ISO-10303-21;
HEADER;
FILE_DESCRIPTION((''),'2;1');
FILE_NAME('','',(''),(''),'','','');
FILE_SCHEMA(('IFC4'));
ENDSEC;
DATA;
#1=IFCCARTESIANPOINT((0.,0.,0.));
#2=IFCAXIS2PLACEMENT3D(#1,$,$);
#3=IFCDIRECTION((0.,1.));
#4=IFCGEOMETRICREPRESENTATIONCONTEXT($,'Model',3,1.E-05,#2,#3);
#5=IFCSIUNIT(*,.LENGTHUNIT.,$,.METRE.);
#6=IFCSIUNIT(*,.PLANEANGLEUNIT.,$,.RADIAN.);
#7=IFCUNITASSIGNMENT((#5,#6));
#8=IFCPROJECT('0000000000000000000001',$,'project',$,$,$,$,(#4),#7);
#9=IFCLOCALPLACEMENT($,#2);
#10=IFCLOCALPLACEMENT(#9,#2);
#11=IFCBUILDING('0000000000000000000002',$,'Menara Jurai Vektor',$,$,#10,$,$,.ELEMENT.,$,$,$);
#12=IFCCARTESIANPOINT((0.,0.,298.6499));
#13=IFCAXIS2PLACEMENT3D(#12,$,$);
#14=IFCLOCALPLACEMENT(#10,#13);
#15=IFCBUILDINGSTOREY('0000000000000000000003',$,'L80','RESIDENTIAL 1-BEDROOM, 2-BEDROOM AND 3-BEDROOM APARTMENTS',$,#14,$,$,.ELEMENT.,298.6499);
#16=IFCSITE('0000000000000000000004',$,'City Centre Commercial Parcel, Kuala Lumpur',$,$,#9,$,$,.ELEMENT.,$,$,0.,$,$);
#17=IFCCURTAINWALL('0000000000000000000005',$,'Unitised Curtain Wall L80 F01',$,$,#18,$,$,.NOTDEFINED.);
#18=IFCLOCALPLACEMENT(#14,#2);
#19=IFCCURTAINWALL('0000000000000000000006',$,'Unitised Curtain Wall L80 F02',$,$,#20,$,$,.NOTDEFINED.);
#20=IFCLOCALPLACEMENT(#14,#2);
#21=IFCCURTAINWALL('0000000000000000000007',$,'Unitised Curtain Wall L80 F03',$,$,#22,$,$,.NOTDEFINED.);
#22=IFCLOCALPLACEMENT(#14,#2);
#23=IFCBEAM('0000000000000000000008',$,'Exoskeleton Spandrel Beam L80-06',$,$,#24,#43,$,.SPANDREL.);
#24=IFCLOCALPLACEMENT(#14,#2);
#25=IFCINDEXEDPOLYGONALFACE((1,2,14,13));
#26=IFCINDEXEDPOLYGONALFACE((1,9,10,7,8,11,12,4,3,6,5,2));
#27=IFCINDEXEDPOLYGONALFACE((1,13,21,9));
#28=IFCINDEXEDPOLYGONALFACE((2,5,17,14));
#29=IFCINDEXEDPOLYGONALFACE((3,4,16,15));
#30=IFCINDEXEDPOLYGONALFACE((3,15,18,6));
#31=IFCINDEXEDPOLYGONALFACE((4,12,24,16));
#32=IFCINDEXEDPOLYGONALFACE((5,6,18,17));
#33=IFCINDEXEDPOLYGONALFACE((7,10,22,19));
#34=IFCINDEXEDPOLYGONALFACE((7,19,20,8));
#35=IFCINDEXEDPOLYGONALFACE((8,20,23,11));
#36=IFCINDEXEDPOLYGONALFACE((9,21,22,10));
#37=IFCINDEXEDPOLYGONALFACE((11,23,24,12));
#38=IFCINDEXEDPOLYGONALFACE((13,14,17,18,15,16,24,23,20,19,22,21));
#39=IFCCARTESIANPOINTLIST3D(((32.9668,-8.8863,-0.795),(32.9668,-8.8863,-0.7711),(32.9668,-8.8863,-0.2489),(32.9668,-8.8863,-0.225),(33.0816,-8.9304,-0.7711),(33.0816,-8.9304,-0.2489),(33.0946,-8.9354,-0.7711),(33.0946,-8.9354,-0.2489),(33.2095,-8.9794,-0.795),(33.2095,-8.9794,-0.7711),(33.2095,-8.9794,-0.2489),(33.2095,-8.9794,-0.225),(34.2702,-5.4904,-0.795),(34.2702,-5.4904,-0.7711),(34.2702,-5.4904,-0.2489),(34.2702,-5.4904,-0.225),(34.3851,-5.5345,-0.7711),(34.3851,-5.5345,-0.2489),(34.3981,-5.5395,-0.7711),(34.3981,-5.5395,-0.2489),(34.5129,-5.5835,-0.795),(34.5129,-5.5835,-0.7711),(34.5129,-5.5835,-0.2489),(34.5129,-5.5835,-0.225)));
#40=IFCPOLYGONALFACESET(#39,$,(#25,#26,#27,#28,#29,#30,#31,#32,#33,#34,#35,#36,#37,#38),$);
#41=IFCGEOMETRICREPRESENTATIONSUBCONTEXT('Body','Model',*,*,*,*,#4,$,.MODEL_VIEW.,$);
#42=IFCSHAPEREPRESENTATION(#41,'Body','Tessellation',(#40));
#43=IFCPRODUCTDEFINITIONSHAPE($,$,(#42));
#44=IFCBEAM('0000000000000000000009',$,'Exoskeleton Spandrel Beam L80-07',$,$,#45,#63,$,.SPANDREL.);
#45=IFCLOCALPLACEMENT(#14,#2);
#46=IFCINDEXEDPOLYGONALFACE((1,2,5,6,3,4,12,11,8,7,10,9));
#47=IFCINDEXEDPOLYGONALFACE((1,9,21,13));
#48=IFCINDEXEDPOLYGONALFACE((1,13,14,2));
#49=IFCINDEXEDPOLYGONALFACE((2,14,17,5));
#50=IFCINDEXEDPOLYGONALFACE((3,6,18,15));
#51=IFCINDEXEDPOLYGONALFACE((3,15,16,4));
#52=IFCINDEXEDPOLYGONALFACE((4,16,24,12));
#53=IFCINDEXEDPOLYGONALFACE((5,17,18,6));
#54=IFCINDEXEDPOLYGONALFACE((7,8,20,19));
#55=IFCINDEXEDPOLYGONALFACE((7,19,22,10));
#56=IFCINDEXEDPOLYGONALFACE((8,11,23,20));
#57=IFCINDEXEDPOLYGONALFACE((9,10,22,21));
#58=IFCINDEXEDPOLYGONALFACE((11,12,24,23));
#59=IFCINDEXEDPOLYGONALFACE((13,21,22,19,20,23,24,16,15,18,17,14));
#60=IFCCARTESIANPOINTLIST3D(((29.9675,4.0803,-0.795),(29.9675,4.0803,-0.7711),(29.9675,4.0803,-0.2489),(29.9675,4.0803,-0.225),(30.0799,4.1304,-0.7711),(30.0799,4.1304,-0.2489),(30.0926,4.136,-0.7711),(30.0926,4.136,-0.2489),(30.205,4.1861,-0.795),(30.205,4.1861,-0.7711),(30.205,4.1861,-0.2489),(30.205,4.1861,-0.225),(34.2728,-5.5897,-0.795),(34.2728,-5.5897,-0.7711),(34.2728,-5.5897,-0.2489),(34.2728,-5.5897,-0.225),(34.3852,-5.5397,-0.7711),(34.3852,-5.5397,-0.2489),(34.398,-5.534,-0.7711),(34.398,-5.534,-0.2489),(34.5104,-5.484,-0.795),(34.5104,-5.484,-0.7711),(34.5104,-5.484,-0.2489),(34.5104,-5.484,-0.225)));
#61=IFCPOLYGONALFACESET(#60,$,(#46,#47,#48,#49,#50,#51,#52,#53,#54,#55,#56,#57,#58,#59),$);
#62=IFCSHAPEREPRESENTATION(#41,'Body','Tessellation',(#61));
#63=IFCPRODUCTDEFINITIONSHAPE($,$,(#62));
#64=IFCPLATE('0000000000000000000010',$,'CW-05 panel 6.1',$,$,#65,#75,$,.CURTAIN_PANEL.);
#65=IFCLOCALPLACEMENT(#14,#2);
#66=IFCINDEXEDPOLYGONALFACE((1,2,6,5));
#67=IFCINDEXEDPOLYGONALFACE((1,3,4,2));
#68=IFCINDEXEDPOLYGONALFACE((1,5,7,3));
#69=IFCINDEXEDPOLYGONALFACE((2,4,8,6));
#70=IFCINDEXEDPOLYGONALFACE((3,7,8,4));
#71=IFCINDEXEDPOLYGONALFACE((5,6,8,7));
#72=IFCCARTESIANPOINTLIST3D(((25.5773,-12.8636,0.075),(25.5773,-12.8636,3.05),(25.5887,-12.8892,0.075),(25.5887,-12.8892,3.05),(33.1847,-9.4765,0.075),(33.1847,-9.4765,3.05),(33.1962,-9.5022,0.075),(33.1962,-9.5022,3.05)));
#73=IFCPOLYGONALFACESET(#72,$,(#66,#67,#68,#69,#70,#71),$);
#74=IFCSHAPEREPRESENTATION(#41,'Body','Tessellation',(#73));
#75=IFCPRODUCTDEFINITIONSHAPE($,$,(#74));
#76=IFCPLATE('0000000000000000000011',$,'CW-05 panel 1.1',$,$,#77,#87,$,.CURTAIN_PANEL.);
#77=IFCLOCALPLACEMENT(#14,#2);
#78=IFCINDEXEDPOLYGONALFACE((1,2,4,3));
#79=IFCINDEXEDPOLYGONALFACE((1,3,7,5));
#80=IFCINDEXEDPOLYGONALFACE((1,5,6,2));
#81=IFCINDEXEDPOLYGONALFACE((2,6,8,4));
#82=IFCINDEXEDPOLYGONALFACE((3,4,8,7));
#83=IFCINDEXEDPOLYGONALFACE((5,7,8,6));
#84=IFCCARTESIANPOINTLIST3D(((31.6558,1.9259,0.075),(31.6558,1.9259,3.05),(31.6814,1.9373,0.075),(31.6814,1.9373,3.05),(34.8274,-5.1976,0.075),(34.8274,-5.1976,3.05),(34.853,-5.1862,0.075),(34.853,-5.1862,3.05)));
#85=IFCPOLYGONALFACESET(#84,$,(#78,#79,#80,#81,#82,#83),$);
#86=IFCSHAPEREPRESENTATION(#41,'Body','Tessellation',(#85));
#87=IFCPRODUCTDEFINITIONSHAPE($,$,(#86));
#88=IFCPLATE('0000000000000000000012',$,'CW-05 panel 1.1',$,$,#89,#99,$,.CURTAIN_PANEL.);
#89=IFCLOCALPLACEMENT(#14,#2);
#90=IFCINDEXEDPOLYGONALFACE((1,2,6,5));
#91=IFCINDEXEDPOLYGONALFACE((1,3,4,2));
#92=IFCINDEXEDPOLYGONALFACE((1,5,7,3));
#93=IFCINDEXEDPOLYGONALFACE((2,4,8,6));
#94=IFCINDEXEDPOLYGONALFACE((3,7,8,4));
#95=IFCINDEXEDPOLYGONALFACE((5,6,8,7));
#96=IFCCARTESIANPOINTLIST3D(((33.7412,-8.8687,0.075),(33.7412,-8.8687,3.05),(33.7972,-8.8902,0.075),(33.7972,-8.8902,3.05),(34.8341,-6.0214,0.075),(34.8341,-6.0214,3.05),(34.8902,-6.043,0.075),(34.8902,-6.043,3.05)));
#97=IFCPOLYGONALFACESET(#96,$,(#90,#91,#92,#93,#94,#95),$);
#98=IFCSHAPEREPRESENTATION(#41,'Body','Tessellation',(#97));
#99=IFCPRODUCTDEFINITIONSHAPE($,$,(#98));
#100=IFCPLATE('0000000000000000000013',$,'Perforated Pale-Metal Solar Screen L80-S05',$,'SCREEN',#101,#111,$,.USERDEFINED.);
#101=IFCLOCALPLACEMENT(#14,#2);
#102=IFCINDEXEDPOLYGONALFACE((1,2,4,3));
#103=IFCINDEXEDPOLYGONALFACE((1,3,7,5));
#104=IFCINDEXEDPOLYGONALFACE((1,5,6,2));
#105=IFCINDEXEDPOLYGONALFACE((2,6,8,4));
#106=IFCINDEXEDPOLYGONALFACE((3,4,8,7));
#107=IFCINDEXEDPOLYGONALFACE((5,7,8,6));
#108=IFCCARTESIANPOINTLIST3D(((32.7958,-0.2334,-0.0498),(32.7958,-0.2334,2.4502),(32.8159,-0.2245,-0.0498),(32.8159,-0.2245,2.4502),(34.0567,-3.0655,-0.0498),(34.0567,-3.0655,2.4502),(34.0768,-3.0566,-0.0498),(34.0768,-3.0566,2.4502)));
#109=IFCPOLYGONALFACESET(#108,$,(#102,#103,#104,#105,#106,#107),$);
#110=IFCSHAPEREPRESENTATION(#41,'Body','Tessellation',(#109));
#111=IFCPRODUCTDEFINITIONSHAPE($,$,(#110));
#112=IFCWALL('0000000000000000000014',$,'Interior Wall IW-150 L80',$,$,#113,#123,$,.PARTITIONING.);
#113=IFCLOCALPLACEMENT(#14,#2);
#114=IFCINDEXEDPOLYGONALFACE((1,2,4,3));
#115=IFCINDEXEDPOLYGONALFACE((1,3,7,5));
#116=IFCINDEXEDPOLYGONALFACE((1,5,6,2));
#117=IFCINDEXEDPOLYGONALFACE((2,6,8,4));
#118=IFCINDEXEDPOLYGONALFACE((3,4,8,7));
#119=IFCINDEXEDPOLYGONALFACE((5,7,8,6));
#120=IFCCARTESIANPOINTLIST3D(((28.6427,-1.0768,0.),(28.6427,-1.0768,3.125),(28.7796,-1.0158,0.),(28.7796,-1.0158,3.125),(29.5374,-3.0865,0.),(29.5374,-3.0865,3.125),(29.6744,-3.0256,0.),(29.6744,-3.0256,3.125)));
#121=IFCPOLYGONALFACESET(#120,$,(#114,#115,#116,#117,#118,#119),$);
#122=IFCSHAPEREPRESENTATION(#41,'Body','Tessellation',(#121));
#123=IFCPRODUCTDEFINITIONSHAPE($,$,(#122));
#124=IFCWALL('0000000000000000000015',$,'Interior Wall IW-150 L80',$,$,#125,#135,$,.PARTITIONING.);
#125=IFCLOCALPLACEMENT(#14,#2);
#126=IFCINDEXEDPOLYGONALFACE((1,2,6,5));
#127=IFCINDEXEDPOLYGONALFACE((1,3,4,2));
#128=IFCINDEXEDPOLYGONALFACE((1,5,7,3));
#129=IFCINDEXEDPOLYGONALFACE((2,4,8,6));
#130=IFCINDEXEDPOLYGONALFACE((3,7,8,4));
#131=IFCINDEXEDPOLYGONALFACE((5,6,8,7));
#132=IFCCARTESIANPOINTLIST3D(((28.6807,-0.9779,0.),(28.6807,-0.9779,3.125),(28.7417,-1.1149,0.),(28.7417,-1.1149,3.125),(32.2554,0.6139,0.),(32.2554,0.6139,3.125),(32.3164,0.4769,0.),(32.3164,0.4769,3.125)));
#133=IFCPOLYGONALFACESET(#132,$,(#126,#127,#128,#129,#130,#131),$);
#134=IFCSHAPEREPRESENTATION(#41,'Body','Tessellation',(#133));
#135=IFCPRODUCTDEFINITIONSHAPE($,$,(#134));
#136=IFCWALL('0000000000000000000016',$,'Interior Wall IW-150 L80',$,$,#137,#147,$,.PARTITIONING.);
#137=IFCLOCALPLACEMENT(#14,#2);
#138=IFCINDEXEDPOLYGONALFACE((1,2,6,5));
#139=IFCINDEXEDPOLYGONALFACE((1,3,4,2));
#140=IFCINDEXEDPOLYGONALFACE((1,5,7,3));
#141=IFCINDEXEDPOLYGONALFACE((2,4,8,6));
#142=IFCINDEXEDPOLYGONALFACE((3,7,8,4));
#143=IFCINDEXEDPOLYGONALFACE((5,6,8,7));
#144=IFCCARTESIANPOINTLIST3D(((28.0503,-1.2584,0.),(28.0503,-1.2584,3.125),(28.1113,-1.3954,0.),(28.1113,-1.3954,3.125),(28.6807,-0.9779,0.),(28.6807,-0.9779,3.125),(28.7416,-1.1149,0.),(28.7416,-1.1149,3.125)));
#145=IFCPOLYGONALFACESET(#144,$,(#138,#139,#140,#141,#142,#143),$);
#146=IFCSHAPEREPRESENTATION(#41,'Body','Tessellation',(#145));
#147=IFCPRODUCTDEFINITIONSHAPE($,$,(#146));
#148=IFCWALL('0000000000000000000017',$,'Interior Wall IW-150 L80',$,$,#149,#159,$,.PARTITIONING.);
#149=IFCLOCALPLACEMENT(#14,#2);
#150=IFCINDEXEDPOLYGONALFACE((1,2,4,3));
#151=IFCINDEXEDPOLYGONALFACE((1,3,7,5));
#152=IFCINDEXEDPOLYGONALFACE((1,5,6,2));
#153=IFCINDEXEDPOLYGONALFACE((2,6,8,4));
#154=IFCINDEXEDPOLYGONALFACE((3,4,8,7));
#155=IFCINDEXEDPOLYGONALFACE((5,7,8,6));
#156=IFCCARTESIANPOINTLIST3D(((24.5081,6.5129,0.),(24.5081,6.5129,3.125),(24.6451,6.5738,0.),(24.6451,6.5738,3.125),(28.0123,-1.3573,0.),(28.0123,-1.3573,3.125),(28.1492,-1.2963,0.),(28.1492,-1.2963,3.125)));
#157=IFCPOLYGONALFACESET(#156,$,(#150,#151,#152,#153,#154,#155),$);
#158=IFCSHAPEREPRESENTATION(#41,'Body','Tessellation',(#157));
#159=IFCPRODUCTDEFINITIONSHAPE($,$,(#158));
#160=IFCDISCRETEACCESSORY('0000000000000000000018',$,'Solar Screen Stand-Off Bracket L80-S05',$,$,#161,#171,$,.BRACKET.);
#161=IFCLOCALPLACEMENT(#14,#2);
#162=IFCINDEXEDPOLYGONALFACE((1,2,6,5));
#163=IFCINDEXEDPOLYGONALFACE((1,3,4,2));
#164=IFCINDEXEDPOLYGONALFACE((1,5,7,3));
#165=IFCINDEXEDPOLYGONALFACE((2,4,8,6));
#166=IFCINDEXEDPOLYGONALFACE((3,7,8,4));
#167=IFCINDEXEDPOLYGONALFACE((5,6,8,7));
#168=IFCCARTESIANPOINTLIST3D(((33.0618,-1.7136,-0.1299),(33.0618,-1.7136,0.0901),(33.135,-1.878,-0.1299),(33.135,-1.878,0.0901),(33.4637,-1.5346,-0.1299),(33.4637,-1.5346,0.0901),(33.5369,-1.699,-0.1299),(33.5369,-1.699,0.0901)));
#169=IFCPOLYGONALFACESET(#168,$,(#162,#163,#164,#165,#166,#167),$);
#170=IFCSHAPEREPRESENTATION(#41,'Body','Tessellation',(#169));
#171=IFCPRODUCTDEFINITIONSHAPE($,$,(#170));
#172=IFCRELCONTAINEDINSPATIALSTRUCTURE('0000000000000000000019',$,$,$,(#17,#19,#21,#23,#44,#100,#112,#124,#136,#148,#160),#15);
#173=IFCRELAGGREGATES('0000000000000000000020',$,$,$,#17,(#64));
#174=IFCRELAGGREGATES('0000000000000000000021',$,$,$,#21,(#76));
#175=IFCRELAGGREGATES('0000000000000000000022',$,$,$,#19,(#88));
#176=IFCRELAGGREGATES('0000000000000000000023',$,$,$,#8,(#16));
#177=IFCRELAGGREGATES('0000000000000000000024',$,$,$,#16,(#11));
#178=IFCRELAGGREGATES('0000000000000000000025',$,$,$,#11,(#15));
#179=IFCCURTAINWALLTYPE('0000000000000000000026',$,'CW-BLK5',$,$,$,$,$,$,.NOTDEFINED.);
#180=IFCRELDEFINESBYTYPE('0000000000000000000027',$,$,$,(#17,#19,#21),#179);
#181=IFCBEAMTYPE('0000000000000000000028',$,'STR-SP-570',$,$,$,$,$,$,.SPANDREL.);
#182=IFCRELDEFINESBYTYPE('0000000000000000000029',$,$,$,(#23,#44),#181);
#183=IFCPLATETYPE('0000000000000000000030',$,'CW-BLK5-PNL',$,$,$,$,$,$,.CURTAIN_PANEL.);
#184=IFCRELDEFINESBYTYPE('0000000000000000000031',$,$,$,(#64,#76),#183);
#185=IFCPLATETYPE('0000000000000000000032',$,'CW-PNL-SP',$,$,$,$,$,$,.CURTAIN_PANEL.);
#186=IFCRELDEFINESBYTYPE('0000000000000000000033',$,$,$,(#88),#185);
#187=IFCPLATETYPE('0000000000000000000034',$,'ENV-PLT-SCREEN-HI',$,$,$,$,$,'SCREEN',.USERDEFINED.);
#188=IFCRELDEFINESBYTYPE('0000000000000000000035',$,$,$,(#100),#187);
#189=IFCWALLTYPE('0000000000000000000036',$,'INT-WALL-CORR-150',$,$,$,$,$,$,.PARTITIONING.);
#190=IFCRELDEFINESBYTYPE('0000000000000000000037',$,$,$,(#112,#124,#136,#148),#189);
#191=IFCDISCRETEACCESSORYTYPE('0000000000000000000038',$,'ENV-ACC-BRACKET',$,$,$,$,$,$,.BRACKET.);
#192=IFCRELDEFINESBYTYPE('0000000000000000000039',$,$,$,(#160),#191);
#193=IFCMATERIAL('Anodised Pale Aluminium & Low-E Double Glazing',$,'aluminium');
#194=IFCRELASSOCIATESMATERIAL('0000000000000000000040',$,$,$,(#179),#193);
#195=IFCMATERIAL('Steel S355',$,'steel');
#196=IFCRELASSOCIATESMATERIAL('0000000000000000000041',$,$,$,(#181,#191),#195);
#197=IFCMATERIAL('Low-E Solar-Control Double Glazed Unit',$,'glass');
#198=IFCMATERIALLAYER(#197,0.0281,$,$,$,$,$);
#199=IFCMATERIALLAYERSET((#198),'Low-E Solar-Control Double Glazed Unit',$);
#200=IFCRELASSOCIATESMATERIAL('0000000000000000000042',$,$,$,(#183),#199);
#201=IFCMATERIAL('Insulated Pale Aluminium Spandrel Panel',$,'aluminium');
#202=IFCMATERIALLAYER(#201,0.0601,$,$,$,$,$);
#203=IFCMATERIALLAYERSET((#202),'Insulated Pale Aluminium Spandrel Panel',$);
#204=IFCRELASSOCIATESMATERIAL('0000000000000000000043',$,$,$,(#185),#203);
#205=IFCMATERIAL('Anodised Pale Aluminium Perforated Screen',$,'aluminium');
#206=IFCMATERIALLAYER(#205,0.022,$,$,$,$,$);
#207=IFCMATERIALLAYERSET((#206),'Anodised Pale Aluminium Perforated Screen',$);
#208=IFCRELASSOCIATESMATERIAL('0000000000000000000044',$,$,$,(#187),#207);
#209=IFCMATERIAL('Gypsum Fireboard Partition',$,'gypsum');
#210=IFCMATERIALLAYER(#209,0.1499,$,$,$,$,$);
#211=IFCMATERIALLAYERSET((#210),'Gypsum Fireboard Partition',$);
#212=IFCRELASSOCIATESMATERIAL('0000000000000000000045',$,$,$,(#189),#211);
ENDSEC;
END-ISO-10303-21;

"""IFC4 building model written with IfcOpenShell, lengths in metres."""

from ifc_helpers import new_model, si_unit, direction, frame, frame_2d, origin, origin_2d, place, context, subcontext, project, spatial, rectangle, i_section, extrude, material, layer, layer_set, material_profile, profile_set, type_object, element, aggregate, save


model = new_model("IFC4")

# Units and contexts
model_context = context("Model", 3, precision=1e-05, world=origin(), true_north=direction((0.0, 1.0)))
body_context = subcontext(model_context, "Body", "Model", "MODEL_VIEW")
ifc_project = project(units=[si_unit("LENGTHUNIT", "METRE"), si_unit("PLANEANGLEUNIT", "RADIAN")], contexts=[model_context])

# Site, building, storey
site_placement = place(None, origin())
site = spatial("IfcSite", under=ifc_project, at=site_placement, Name="City Centre Commercial Parcel, Kuala Lumpur", CompositionType="ELEMENT", RefElevation=0.0)
building_placement = place(site_placement, origin())
building = spatial("IfcBuilding", under=site, at=building_placement, Name="Menara Jurai Vektor", CompositionType="ELEMENT")
storey_placement = place(building_placement, frame((0.0, 0.0, 298.6499)))
storey = spatial("IfcBuildingStorey", under=building, at=storey_placement, Name="L80", Description="RESIDENTIAL 1-BEDROOM, 2-BEDROOM AND 3-BEDROOM APARTMENTS", CompositionType="ELEMENT", Elevation=298.6499)

# Curtain wall
ifc_material_1 = material(Name="Anodised Pale Aluminium & Low-E Double Glazing", Category="aluminium")
curtain_wall_type = type_object("IfcCurtainWallType", Name="CW-BLK5", PredefinedType="NOTDEFINED", material=ifc_material_1)
curtain_wall_1_placement = place(storey_placement, origin())
curtain_wall_1 = element("IfcCurtainWall", 1, at=curtain_wall_1_placement, inside=storey, type_object=curtain_wall_type, Name="Unitised Curtain Wall L80 F01", PredefinedType="NOTDEFINED")

# Curtain wall
curtain_wall_2_placement = place(storey_placement, origin())
curtain_wall_2 = element("IfcCurtainWall", 2, at=curtain_wall_2_placement, inside=storey, type_object=curtain_wall_type, Name="Unitised Curtain Wall L80 F02", PredefinedType="NOTDEFINED")

# Curtain wall
curtain_wall_3_placement = place(storey_placement, origin())
curtain_wall_3 = element("IfcCurtainWall", 3, at=curtain_wall_3_placement, inside=storey, type_object=curtain_wall_type, Name="Unitised Curtain Wall L80 F03", PredefinedType="NOTDEFINED")

# Shared definitions
ifc_material_2 = material(Name="Steel S355", Category="steel")

# Beams
ifc_material_profile_1 = material_profile(ifc_material_2, i_section(OverallWidth=0.26, OverallDepth=0.5701, WebThickness=0.0139, FlangeThickness=0.0239, at=origin_2d()), Name="PG 570x260x145")
ifc_profile_set_1 = profile_set([ifc_material_profile_1], Name="Steel S355")
beam_type_1 = type_object("IfcBeamType", Name="STR-SP-570", PredefinedType="SPANDREL", material=ifc_profile_set_1)
beam_1_placement = place(storey_placement, frame((33.0881, -8.9329, -0.51), z_axis=(0.358336, 0.933593, 0.0), x_axis=(-0.933593, 0.358336, 0.0)))
element("IfcBeam", 4, at=beam_1_placement, inside=storey, type_object=beam_type_1, Name="Exoskeleton Spandrel Beam L80-06", PredefinedType="SPANDREL", context=body_context, shape_type="SweptSolid", body=[
    extrude(i_section(OverallWidth=0.26, OverallDepth=0.5701, WebThickness=0.0139, FlangeThickness=0.0239, at=origin_2d()), origin(), (0.0, 0.0, 1.0), 3.6375),
])
beam_2_placement = place(storey_placement, frame((34.3916, -5.5369, -0.51), z_axis=(-0.406735, 0.913546, 0.0), x_axis=(-0.913546, -0.406735, 0.0)))
element("IfcBeam", 5, at=beam_2_placement, inside=storey, type_object=beam_type_1, Name="Exoskeleton Spandrel Beam L80-07", PredefinedType="SPANDREL", context=body_context, shape_type="SweptSolid", body=[
    extrude(i_section(OverallWidth=0.26, OverallDepth=0.5701, WebThickness=0.0139, FlangeThickness=0.0239, at=origin_2d()), origin(), (0.0, 0.0, 1.0), 10.5852),
])

# Plates
ifc_material_3 = material(Name="Low-E Solar-Control Double Glazed Unit", Category="glass")
ifc_layer_1 = layer(ifc_material_3, 0.0281)
ifc_layer_set_1 = layer_set([ifc_layer_1], Name="Low-E Solar-Control Double Glazed Unit")
plate_type_1 = type_object("IfcPlateType", Name="CW-BLK5-PNL", PredefinedType="CURTAIN_PANEL", material=ifc_layer_set_1)
plate_1_placement = place(storey_placement, frame((29.3867, -11.1829, 0.075), z_axis=(0.0, 0.0, 1.0), x_axis=(0.913546, 0.406735, 0.0)))
plate_1 = element("IfcPlate", 6, at=plate_1_placement, type_object=plate_type_1, Name="CW-05 panel 6.1", PredefinedType="CURTAIN_PANEL", context=body_context, shape_type="SweptSolid", body=[
    extrude(rectangle(XDim=8.3274, YDim=0.0281, at=origin_2d()), origin(), (0.0, 0.0, 1.0), 2.9751),
])
aggregate(curtain_wall_1, [plate_1])
plate_2_placement = place(storey_placement, frame((33.2544, -1.6301, 0.075), z_axis=(0.0, 0.0, 1.0), x_axis=(-0.406735, 0.913546, 0.0)))
plate_2 = element("IfcPlate", 7, at=plate_2_placement, type_object=plate_type_1, Name="CW-05 panel 1.1", PredefinedType="CURTAIN_PANEL", context=body_context, shape_type="SweptSolid", body=[
    extrude(rectangle(XDim=7.7976, YDim=0.0281, at=origin_2d()), origin(), (0.0, 0.0, 1.0), 2.9751),
])
aggregate(curtain_wall_3, [plate_2])
ifc_material_4 = material(Name="Insulated Pale Aluminium Spandrel Panel", Category="aluminium")
ifc_layer_2 = layer(ifc_material_4, 0.0601)
ifc_layer_set_2 = layer_set([ifc_layer_2], Name="Insulated Pale Aluminium Spandrel Panel")
plate_type_2 = type_object("IfcPlateType", Name="CW-PNL-SP", PredefinedType="CURTAIN_PANEL", material=ifc_layer_set_2)
plate_3_placement = place(storey_placement, frame((34.3157, -7.4558, 0.075), z_axis=(0.0, 0.0, 1.0), x_axis=(0.358374, 0.933578, 0.0)))
plate_3 = element("IfcPlate", 8, at=plate_3_placement, type_object=plate_type_2, Name="CW-05 panel 1.1", PredefinedType="CURTAIN_PANEL", context=body_context, shape_type="SweptSolid", body=[
    extrude(rectangle(XDim=3.0498, YDim=0.0601, at=origin_2d()), origin(), (0.0, 0.0, 1.0), 2.9751),
])
aggregate(curtain_wall_2, [plate_3])
ifc_material_5 = material(Name="Anodised Pale Aluminium Perforated Screen", Category="aluminium")
ifc_layer_3 = layer(ifc_material_5, 0.022)
ifc_layer_set_3 = layer_set([ifc_layer_3], Name="Anodised Pale Aluminium Perforated Screen")
plate_type_3 = type_object("IfcPlateType", Name="ENV-PLT-SCREEN-HI", ElementType="SCREEN", PredefinedType="USERDEFINED", material=ifc_layer_set_3)
plate_4_placement = place(storey_placement, frame((33.4363, -1.645, -0.0498), z_axis=(0.0, 0.0, 1.0), x_axis=(-0.406737, 0.913545, 0.0)))
element("IfcPlate", 9, at=plate_4_placement, inside=storey, type_object=plate_type_3, Name="Perforated Pale-Metal Solar Screen L80-S05", ObjectType="SCREEN", PredefinedType="USERDEFINED", context=body_context, shape_type="SweptSolid", body=[
    extrude(rectangle(XDim=3.1001, YDim=0.022, at=origin_2d()), origin(), (0.0, 0.0, 1.0), 2.5),
])

# Walls
ifc_material_6 = material(Name="Gypsum Fireboard Partition", Category="gypsum")
ifc_layer_4 = layer(ifc_material_6, 0.1499)
ifc_layer_set_4 = layer_set([ifc_layer_4], Name="Gypsum Fireboard Partition")
wall_type = type_object("IfcWallType", Name="INT-WALL-CORR-150", PredefinedType="PARTITIONING", material=ifc_layer_set_4)
wall_1_placement = place(storey_placement, frame((29.606, -3.0562, 0.0), z_axis=(0.0, 0.0, 1.0), x_axis=(-0.406725, 0.913551, 0.0)))
element("IfcWall", 10, at=wall_1_placement, inside=storey, type_object=wall_type, Name="Interior Wall IW-150 L80", PredefinedType="PARTITIONING", context=body_context, shape_type="SweptSolid", body=[
    extrude(rectangle(XDim=2.2, YDim=0.1499, at=frame_2d((1.1001, 0.0))), origin(), (0.0, 0.0, 1.0), 3.125),
])
wall_2_placement = place(storey_placement, frame((28.7112, -1.0464, 0.0), z_axis=(0.0, 0.0, 1.0), x_axis=(0.913523, 0.406787, 0.0)))
element("IfcWall", 11, at=wall_2_placement, inside=storey, type_object=wall_type, Name="Interior Wall IW-150 L80", PredefinedType="PARTITIONING", context=body_context, shape_type="SweptSolid", body=[
    extrude(rectangle(XDim=3.9131, YDim=0.1499, at=frame_2d((1.9565, 0.0))), origin(), (0.0, 0.0, 1.0), 3.125),
])
wall_3_placement = place(storey_placement, frame((28.0808, -1.3269, 0.0), z_axis=(0.0, 0.0, 1.0), x_axis=(0.913622, 0.406565, 0.0)))
element("IfcWall", 12, at=wall_3_placement, inside=storey, type_object=wall_type, Name="Interior Wall IW-150 L80", PredefinedType="PARTITIONING", context=body_context, shape_type="SweptSolid", body=[
    extrude(rectangle(XDim=0.6899, YDim=0.1499, at=frame_2d((0.345, 0.0))), origin(), (0.0, 0.0, 1.0), 3.125),
])
wall_4_placement = place(storey_placement, frame((28.0808, -1.3269, 0.0), z_axis=(0.0, 0.0, 1.0), x_axis=(-0.406751, 0.913539, 0.0)))
element("IfcWall", 13, at=wall_4_placement, inside=storey, type_object=wall_type, Name="Interior Wall IW-150 L80", PredefinedType="PARTITIONING", context=body_context, shape_type="SweptSolid", body=[
    extrude(rectangle(XDim=8.615, YDim=0.1499, at=frame_2d((4.3076, 0.0))), origin(), (0.0, 0.0, 1.0), 3.125),
])

# Discrete accessory
discrete_accessory_type = type_object("IfcDiscreteAccessoryType", Name="ENV-ACC-BRACKET", PredefinedType="BRACKET", material=ifc_material_2)
discrete_accessory_placement = place(storey_placement, frame((33.2993, -1.7063, -0.1299), z_axis=(0.0, 0.0, 1.0), x_axis=(-0.406737, 0.913545, 0.0)))
element("IfcDiscreteAccessory", 14, at=discrete_accessory_placement, inside=storey, type_object=discrete_accessory_type, Name="Solar Screen Stand-Off Bracket L80-S05", PredefinedType="BRACKET", context=body_context, shape_type="SweptSolid", body=[
    extrude(rectangle(XDim=0.1799, YDim=0.4399, at=origin_2d()), origin(), (0.0, 0.0, 1.0), 0.22),
])

save(model, "model.ifc")
